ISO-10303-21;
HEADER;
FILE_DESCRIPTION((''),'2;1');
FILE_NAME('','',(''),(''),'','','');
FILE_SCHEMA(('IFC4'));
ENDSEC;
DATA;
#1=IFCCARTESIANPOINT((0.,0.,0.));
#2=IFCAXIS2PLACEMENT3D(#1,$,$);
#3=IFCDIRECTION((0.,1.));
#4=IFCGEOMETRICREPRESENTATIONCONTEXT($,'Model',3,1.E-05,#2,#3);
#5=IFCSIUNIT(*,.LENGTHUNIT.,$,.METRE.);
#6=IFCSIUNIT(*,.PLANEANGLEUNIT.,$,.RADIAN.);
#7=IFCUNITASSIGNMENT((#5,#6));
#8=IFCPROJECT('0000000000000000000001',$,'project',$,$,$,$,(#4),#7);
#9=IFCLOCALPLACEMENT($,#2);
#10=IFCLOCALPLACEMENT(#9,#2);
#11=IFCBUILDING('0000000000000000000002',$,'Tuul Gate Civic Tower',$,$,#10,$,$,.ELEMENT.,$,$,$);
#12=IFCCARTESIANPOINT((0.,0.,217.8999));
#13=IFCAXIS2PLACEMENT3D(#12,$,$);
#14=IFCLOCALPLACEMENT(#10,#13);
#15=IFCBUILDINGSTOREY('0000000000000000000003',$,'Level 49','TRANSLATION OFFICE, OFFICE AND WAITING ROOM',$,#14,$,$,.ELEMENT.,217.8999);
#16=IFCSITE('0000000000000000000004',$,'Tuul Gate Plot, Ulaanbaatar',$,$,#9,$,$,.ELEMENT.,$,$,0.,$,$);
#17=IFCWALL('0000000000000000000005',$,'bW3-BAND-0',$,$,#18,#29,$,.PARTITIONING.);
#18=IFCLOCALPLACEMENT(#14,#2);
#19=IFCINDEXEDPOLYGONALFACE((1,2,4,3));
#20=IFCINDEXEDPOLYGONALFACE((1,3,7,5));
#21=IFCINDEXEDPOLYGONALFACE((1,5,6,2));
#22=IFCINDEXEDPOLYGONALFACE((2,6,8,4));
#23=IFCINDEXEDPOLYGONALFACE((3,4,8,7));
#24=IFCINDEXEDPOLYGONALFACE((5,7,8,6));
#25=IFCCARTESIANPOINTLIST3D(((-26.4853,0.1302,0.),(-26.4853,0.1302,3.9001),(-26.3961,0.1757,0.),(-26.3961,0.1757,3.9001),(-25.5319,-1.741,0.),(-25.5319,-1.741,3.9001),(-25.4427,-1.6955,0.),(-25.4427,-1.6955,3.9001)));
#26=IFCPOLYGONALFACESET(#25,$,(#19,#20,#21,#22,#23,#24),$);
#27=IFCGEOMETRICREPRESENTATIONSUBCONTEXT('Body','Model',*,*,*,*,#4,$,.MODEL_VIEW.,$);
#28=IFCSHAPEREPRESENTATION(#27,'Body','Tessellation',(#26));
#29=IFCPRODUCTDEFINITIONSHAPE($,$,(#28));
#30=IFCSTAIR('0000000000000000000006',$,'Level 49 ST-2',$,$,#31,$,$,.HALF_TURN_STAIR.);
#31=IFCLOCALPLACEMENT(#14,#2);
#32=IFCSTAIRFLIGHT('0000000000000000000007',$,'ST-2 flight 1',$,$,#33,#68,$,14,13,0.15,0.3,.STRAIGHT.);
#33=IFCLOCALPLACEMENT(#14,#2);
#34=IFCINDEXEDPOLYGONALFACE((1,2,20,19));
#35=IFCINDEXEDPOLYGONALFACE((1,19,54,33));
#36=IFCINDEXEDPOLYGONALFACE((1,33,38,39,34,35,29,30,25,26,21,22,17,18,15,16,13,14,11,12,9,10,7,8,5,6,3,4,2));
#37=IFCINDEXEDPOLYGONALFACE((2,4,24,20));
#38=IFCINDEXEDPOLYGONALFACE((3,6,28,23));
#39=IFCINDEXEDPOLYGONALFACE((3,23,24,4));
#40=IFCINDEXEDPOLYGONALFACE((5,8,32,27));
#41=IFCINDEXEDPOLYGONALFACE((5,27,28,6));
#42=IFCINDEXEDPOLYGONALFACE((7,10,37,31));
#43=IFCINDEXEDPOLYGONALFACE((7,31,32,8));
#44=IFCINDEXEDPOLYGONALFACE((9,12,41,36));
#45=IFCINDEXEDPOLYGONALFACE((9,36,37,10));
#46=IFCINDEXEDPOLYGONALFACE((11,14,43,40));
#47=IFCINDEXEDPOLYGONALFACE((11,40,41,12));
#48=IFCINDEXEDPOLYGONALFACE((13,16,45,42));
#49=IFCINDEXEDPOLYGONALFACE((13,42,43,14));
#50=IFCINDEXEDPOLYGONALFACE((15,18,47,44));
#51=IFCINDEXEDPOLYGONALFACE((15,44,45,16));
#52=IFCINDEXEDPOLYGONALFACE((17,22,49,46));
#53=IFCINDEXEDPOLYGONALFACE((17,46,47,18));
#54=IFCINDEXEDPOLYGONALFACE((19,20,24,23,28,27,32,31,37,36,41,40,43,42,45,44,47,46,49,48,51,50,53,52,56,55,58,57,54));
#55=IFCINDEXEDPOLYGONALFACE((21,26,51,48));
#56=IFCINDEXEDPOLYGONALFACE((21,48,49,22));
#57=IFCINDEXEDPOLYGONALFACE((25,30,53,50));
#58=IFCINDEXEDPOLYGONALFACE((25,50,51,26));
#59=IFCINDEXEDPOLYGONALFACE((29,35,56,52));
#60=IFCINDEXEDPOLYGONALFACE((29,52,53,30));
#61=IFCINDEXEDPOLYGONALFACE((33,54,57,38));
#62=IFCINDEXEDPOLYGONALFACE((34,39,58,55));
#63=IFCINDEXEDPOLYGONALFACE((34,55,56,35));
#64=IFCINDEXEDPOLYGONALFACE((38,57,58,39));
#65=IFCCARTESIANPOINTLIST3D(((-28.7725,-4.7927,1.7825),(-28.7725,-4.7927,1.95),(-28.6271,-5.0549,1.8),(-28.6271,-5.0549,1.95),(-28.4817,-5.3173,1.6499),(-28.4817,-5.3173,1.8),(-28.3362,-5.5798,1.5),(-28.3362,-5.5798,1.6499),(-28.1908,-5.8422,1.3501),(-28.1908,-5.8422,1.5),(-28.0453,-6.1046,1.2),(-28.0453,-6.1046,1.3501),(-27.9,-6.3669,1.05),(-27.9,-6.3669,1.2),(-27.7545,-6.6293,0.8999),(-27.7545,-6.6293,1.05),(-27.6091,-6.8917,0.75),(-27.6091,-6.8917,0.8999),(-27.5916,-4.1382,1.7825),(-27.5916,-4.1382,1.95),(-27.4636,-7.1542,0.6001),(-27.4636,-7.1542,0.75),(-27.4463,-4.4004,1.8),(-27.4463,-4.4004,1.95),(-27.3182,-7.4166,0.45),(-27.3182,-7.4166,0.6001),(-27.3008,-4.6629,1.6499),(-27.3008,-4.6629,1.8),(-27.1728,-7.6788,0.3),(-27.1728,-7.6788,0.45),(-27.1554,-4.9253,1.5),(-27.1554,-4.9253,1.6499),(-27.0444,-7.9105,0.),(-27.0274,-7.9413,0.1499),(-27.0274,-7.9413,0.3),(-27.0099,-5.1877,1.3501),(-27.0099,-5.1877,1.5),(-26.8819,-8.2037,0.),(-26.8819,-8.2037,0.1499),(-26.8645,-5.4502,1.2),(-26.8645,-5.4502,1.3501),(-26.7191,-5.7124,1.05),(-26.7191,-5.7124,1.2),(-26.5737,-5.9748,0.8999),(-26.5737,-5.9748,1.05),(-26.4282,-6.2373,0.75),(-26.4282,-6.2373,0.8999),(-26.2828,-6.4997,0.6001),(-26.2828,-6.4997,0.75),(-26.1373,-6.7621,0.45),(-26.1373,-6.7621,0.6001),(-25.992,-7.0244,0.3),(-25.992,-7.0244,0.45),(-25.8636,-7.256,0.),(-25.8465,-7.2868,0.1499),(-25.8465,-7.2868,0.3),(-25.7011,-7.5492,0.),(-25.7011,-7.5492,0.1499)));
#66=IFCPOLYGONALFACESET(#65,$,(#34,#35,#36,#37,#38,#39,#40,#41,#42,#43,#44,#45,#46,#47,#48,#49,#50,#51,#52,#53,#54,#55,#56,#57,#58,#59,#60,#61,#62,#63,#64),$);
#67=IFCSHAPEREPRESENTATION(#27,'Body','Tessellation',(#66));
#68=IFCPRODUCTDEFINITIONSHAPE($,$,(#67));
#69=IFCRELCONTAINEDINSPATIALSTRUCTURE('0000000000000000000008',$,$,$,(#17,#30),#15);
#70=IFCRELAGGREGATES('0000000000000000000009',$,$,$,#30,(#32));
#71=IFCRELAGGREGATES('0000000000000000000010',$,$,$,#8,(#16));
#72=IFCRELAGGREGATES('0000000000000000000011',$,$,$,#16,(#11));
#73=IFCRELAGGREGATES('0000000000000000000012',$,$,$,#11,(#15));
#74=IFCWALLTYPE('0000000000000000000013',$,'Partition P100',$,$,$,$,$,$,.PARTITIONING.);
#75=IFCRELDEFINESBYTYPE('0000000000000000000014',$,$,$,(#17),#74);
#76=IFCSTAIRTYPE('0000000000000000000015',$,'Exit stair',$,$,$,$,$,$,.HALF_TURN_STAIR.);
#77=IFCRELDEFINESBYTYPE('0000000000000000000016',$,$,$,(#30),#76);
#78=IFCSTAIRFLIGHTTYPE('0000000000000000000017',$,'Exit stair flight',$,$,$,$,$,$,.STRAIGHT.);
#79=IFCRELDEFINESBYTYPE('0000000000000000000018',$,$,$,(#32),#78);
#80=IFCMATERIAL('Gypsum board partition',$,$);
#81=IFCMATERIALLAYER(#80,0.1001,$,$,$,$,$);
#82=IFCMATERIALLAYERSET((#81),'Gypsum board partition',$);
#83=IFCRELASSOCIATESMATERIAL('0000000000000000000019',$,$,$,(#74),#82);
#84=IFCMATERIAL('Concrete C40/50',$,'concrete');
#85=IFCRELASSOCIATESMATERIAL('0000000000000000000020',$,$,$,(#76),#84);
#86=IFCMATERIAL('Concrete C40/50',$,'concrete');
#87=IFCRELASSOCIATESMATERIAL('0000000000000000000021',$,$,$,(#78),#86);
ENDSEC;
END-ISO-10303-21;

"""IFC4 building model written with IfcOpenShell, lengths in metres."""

from ifc_helpers import new_model, si_unit, direction, frame, frame_2d, origin, place, context, subcontext, project, spatial, polyline, rectangle, outline, extrude, material, layer, layer_set, type_object, element, aggregate, save


model = new_model("IFC4")

# Units and contexts
model_context = context("Model", 3, precision=1e-05, world=origin(), true_north=direction((0.0, 1.0)))
body_context = subcontext(model_context, "Body", "Model", "MODEL_VIEW")
ifc_project = project(units=[si_unit("LENGTHUNIT", "METRE"), si_unit("PLANEANGLEUNIT", "RADIAN")], contexts=[model_context])

# Site, building, storey
site_placement = place(None, origin())
site = spatial("IfcSite", under=ifc_project, at=site_placement, Name="Tuul Gate Plot, Ulaanbaatar", CompositionType="ELEMENT", RefElevation=0.0)
building_placement = place(site_placement, origin())
building = spatial("IfcBuilding", under=site, at=building_placement, Name="Tuul Gate Civic Tower", CompositionType="ELEMENT")
storey_placement = place(building_placement, frame((0.0, 0.0, 217.8999)))
storey = spatial("IfcBuildingStorey", under=building, at=storey_placement, Name="Level 49", Description="TRANSLATION OFFICE, OFFICE AND WAITING ROOM", CompositionType="ELEMENT", Elevation=217.8999)

# Wall
ifc_material_1 = material(Name="Gypsum board partition")
ifc_layer_1 = layer(ifc_material_1, 0.1001)
ifc_layer_set_1 = layer_set([ifc_layer_1], Name="Gypsum board partition")
wall_type_1 = type_object("IfcWallType", Name="Partition P100", PredefinedType="PARTITIONING", material=ifc_layer_set_1)
wall_1_placement = place(storey_placement, frame((-25.4873, -1.7183, 0.0), z_axis=(0.0, 0.0, 1.0), x_axis=(-0.45399, 0.891007, 0.0)))
element("IfcWall", 1, at=wall_1_placement, inside=storey, type_object=wall_type_1, Name="bW3-BAND-0", PredefinedType="PARTITIONING", context=body_context, shape_type="SweptSolid", body=[
    extrude(rectangle(XDim=2.1001, YDim=0.1001, at=frame_2d((1.05, 0.0))), origin(), (0.0, 0.0, 1.0), 3.9001),
])

# Stair, stair flight
ifc_material_2 = material(Name="Concrete C40/50", Category="concrete")
stair_type = type_object("IfcStairType", Name="Exit stair", PredefinedType="HALF_TURN_STAIR", material=ifc_material_2)
stair_placement = place(storey_placement, origin())
stair = element("IfcStair", 2, at=stair_placement, inside=storey, type_object=stair_type, Name="Level 49 ST-2", PredefinedType="HALF_TURN_STAIR")
ifc_material_3 = material(Name="Concrete C40/50", Category="concrete")
stair_flight_type = type_object("IfcStairFlightType", Name="Exit stair flight", PredefinedType="STRAIGHT", material=ifc_material_3)
stair_flight_placement = place(storey_placement, frame((-26.2915, -7.8765, 0.0), z_axis=(0.0, 0.0, 1.0), x_axis=(-0.484762, 0.874646, 0.0)))
stair_flight = element("IfcStairFlight", 3, at=stair_flight_placement, type_object=stair_flight_type, Name="ST-2 flight 1", NumberOfRisers=14, NumberOfTreads=13, PredefinedType="STRAIGHT", RiserHeight=0.15, TreadLength=0.3, context=body_context, shape_type="SweptSolid", body=[
    extrude(outline(polyline([(0.0, 0.0), (0.0, 0.1499), (0.3, 0.1499), (0.3, 0.3), (0.6001, 0.3), (0.6001, 0.45), (0.8999, 0.45), (0.8999, 0.6001), (1.2, 0.6001), (1.2, 0.75), (1.5, 0.75), (1.5, 0.8999), (1.8, 0.8999), (1.8, 1.05), (2.1001, 1.05), (2.1001, 1.2), (2.3999, 1.2), (2.3999, 1.3501), (2.7, 1.3501), (2.7, 1.5), (3.0, 1.5), (3.0, 1.6499), (3.3, 1.6499), (3.3, 1.8), (3.6001, 1.8), (3.6001, 1.95), (3.8999, 1.95), (3.8999, 2.1001), (3.8999, 1.7825), (0.3352, 0.0), (0.0, 0.0)])), frame((0.0, 0.675, 0.0), z_axis=(0.0, -1.0, 0.0), x_axis=(1.0, 0.0, 0.0)), (0.0, 0.0, 1.0), 1.3501),
])
aggregate(stair, [stair_flight])

save(model, "model.ifc")
